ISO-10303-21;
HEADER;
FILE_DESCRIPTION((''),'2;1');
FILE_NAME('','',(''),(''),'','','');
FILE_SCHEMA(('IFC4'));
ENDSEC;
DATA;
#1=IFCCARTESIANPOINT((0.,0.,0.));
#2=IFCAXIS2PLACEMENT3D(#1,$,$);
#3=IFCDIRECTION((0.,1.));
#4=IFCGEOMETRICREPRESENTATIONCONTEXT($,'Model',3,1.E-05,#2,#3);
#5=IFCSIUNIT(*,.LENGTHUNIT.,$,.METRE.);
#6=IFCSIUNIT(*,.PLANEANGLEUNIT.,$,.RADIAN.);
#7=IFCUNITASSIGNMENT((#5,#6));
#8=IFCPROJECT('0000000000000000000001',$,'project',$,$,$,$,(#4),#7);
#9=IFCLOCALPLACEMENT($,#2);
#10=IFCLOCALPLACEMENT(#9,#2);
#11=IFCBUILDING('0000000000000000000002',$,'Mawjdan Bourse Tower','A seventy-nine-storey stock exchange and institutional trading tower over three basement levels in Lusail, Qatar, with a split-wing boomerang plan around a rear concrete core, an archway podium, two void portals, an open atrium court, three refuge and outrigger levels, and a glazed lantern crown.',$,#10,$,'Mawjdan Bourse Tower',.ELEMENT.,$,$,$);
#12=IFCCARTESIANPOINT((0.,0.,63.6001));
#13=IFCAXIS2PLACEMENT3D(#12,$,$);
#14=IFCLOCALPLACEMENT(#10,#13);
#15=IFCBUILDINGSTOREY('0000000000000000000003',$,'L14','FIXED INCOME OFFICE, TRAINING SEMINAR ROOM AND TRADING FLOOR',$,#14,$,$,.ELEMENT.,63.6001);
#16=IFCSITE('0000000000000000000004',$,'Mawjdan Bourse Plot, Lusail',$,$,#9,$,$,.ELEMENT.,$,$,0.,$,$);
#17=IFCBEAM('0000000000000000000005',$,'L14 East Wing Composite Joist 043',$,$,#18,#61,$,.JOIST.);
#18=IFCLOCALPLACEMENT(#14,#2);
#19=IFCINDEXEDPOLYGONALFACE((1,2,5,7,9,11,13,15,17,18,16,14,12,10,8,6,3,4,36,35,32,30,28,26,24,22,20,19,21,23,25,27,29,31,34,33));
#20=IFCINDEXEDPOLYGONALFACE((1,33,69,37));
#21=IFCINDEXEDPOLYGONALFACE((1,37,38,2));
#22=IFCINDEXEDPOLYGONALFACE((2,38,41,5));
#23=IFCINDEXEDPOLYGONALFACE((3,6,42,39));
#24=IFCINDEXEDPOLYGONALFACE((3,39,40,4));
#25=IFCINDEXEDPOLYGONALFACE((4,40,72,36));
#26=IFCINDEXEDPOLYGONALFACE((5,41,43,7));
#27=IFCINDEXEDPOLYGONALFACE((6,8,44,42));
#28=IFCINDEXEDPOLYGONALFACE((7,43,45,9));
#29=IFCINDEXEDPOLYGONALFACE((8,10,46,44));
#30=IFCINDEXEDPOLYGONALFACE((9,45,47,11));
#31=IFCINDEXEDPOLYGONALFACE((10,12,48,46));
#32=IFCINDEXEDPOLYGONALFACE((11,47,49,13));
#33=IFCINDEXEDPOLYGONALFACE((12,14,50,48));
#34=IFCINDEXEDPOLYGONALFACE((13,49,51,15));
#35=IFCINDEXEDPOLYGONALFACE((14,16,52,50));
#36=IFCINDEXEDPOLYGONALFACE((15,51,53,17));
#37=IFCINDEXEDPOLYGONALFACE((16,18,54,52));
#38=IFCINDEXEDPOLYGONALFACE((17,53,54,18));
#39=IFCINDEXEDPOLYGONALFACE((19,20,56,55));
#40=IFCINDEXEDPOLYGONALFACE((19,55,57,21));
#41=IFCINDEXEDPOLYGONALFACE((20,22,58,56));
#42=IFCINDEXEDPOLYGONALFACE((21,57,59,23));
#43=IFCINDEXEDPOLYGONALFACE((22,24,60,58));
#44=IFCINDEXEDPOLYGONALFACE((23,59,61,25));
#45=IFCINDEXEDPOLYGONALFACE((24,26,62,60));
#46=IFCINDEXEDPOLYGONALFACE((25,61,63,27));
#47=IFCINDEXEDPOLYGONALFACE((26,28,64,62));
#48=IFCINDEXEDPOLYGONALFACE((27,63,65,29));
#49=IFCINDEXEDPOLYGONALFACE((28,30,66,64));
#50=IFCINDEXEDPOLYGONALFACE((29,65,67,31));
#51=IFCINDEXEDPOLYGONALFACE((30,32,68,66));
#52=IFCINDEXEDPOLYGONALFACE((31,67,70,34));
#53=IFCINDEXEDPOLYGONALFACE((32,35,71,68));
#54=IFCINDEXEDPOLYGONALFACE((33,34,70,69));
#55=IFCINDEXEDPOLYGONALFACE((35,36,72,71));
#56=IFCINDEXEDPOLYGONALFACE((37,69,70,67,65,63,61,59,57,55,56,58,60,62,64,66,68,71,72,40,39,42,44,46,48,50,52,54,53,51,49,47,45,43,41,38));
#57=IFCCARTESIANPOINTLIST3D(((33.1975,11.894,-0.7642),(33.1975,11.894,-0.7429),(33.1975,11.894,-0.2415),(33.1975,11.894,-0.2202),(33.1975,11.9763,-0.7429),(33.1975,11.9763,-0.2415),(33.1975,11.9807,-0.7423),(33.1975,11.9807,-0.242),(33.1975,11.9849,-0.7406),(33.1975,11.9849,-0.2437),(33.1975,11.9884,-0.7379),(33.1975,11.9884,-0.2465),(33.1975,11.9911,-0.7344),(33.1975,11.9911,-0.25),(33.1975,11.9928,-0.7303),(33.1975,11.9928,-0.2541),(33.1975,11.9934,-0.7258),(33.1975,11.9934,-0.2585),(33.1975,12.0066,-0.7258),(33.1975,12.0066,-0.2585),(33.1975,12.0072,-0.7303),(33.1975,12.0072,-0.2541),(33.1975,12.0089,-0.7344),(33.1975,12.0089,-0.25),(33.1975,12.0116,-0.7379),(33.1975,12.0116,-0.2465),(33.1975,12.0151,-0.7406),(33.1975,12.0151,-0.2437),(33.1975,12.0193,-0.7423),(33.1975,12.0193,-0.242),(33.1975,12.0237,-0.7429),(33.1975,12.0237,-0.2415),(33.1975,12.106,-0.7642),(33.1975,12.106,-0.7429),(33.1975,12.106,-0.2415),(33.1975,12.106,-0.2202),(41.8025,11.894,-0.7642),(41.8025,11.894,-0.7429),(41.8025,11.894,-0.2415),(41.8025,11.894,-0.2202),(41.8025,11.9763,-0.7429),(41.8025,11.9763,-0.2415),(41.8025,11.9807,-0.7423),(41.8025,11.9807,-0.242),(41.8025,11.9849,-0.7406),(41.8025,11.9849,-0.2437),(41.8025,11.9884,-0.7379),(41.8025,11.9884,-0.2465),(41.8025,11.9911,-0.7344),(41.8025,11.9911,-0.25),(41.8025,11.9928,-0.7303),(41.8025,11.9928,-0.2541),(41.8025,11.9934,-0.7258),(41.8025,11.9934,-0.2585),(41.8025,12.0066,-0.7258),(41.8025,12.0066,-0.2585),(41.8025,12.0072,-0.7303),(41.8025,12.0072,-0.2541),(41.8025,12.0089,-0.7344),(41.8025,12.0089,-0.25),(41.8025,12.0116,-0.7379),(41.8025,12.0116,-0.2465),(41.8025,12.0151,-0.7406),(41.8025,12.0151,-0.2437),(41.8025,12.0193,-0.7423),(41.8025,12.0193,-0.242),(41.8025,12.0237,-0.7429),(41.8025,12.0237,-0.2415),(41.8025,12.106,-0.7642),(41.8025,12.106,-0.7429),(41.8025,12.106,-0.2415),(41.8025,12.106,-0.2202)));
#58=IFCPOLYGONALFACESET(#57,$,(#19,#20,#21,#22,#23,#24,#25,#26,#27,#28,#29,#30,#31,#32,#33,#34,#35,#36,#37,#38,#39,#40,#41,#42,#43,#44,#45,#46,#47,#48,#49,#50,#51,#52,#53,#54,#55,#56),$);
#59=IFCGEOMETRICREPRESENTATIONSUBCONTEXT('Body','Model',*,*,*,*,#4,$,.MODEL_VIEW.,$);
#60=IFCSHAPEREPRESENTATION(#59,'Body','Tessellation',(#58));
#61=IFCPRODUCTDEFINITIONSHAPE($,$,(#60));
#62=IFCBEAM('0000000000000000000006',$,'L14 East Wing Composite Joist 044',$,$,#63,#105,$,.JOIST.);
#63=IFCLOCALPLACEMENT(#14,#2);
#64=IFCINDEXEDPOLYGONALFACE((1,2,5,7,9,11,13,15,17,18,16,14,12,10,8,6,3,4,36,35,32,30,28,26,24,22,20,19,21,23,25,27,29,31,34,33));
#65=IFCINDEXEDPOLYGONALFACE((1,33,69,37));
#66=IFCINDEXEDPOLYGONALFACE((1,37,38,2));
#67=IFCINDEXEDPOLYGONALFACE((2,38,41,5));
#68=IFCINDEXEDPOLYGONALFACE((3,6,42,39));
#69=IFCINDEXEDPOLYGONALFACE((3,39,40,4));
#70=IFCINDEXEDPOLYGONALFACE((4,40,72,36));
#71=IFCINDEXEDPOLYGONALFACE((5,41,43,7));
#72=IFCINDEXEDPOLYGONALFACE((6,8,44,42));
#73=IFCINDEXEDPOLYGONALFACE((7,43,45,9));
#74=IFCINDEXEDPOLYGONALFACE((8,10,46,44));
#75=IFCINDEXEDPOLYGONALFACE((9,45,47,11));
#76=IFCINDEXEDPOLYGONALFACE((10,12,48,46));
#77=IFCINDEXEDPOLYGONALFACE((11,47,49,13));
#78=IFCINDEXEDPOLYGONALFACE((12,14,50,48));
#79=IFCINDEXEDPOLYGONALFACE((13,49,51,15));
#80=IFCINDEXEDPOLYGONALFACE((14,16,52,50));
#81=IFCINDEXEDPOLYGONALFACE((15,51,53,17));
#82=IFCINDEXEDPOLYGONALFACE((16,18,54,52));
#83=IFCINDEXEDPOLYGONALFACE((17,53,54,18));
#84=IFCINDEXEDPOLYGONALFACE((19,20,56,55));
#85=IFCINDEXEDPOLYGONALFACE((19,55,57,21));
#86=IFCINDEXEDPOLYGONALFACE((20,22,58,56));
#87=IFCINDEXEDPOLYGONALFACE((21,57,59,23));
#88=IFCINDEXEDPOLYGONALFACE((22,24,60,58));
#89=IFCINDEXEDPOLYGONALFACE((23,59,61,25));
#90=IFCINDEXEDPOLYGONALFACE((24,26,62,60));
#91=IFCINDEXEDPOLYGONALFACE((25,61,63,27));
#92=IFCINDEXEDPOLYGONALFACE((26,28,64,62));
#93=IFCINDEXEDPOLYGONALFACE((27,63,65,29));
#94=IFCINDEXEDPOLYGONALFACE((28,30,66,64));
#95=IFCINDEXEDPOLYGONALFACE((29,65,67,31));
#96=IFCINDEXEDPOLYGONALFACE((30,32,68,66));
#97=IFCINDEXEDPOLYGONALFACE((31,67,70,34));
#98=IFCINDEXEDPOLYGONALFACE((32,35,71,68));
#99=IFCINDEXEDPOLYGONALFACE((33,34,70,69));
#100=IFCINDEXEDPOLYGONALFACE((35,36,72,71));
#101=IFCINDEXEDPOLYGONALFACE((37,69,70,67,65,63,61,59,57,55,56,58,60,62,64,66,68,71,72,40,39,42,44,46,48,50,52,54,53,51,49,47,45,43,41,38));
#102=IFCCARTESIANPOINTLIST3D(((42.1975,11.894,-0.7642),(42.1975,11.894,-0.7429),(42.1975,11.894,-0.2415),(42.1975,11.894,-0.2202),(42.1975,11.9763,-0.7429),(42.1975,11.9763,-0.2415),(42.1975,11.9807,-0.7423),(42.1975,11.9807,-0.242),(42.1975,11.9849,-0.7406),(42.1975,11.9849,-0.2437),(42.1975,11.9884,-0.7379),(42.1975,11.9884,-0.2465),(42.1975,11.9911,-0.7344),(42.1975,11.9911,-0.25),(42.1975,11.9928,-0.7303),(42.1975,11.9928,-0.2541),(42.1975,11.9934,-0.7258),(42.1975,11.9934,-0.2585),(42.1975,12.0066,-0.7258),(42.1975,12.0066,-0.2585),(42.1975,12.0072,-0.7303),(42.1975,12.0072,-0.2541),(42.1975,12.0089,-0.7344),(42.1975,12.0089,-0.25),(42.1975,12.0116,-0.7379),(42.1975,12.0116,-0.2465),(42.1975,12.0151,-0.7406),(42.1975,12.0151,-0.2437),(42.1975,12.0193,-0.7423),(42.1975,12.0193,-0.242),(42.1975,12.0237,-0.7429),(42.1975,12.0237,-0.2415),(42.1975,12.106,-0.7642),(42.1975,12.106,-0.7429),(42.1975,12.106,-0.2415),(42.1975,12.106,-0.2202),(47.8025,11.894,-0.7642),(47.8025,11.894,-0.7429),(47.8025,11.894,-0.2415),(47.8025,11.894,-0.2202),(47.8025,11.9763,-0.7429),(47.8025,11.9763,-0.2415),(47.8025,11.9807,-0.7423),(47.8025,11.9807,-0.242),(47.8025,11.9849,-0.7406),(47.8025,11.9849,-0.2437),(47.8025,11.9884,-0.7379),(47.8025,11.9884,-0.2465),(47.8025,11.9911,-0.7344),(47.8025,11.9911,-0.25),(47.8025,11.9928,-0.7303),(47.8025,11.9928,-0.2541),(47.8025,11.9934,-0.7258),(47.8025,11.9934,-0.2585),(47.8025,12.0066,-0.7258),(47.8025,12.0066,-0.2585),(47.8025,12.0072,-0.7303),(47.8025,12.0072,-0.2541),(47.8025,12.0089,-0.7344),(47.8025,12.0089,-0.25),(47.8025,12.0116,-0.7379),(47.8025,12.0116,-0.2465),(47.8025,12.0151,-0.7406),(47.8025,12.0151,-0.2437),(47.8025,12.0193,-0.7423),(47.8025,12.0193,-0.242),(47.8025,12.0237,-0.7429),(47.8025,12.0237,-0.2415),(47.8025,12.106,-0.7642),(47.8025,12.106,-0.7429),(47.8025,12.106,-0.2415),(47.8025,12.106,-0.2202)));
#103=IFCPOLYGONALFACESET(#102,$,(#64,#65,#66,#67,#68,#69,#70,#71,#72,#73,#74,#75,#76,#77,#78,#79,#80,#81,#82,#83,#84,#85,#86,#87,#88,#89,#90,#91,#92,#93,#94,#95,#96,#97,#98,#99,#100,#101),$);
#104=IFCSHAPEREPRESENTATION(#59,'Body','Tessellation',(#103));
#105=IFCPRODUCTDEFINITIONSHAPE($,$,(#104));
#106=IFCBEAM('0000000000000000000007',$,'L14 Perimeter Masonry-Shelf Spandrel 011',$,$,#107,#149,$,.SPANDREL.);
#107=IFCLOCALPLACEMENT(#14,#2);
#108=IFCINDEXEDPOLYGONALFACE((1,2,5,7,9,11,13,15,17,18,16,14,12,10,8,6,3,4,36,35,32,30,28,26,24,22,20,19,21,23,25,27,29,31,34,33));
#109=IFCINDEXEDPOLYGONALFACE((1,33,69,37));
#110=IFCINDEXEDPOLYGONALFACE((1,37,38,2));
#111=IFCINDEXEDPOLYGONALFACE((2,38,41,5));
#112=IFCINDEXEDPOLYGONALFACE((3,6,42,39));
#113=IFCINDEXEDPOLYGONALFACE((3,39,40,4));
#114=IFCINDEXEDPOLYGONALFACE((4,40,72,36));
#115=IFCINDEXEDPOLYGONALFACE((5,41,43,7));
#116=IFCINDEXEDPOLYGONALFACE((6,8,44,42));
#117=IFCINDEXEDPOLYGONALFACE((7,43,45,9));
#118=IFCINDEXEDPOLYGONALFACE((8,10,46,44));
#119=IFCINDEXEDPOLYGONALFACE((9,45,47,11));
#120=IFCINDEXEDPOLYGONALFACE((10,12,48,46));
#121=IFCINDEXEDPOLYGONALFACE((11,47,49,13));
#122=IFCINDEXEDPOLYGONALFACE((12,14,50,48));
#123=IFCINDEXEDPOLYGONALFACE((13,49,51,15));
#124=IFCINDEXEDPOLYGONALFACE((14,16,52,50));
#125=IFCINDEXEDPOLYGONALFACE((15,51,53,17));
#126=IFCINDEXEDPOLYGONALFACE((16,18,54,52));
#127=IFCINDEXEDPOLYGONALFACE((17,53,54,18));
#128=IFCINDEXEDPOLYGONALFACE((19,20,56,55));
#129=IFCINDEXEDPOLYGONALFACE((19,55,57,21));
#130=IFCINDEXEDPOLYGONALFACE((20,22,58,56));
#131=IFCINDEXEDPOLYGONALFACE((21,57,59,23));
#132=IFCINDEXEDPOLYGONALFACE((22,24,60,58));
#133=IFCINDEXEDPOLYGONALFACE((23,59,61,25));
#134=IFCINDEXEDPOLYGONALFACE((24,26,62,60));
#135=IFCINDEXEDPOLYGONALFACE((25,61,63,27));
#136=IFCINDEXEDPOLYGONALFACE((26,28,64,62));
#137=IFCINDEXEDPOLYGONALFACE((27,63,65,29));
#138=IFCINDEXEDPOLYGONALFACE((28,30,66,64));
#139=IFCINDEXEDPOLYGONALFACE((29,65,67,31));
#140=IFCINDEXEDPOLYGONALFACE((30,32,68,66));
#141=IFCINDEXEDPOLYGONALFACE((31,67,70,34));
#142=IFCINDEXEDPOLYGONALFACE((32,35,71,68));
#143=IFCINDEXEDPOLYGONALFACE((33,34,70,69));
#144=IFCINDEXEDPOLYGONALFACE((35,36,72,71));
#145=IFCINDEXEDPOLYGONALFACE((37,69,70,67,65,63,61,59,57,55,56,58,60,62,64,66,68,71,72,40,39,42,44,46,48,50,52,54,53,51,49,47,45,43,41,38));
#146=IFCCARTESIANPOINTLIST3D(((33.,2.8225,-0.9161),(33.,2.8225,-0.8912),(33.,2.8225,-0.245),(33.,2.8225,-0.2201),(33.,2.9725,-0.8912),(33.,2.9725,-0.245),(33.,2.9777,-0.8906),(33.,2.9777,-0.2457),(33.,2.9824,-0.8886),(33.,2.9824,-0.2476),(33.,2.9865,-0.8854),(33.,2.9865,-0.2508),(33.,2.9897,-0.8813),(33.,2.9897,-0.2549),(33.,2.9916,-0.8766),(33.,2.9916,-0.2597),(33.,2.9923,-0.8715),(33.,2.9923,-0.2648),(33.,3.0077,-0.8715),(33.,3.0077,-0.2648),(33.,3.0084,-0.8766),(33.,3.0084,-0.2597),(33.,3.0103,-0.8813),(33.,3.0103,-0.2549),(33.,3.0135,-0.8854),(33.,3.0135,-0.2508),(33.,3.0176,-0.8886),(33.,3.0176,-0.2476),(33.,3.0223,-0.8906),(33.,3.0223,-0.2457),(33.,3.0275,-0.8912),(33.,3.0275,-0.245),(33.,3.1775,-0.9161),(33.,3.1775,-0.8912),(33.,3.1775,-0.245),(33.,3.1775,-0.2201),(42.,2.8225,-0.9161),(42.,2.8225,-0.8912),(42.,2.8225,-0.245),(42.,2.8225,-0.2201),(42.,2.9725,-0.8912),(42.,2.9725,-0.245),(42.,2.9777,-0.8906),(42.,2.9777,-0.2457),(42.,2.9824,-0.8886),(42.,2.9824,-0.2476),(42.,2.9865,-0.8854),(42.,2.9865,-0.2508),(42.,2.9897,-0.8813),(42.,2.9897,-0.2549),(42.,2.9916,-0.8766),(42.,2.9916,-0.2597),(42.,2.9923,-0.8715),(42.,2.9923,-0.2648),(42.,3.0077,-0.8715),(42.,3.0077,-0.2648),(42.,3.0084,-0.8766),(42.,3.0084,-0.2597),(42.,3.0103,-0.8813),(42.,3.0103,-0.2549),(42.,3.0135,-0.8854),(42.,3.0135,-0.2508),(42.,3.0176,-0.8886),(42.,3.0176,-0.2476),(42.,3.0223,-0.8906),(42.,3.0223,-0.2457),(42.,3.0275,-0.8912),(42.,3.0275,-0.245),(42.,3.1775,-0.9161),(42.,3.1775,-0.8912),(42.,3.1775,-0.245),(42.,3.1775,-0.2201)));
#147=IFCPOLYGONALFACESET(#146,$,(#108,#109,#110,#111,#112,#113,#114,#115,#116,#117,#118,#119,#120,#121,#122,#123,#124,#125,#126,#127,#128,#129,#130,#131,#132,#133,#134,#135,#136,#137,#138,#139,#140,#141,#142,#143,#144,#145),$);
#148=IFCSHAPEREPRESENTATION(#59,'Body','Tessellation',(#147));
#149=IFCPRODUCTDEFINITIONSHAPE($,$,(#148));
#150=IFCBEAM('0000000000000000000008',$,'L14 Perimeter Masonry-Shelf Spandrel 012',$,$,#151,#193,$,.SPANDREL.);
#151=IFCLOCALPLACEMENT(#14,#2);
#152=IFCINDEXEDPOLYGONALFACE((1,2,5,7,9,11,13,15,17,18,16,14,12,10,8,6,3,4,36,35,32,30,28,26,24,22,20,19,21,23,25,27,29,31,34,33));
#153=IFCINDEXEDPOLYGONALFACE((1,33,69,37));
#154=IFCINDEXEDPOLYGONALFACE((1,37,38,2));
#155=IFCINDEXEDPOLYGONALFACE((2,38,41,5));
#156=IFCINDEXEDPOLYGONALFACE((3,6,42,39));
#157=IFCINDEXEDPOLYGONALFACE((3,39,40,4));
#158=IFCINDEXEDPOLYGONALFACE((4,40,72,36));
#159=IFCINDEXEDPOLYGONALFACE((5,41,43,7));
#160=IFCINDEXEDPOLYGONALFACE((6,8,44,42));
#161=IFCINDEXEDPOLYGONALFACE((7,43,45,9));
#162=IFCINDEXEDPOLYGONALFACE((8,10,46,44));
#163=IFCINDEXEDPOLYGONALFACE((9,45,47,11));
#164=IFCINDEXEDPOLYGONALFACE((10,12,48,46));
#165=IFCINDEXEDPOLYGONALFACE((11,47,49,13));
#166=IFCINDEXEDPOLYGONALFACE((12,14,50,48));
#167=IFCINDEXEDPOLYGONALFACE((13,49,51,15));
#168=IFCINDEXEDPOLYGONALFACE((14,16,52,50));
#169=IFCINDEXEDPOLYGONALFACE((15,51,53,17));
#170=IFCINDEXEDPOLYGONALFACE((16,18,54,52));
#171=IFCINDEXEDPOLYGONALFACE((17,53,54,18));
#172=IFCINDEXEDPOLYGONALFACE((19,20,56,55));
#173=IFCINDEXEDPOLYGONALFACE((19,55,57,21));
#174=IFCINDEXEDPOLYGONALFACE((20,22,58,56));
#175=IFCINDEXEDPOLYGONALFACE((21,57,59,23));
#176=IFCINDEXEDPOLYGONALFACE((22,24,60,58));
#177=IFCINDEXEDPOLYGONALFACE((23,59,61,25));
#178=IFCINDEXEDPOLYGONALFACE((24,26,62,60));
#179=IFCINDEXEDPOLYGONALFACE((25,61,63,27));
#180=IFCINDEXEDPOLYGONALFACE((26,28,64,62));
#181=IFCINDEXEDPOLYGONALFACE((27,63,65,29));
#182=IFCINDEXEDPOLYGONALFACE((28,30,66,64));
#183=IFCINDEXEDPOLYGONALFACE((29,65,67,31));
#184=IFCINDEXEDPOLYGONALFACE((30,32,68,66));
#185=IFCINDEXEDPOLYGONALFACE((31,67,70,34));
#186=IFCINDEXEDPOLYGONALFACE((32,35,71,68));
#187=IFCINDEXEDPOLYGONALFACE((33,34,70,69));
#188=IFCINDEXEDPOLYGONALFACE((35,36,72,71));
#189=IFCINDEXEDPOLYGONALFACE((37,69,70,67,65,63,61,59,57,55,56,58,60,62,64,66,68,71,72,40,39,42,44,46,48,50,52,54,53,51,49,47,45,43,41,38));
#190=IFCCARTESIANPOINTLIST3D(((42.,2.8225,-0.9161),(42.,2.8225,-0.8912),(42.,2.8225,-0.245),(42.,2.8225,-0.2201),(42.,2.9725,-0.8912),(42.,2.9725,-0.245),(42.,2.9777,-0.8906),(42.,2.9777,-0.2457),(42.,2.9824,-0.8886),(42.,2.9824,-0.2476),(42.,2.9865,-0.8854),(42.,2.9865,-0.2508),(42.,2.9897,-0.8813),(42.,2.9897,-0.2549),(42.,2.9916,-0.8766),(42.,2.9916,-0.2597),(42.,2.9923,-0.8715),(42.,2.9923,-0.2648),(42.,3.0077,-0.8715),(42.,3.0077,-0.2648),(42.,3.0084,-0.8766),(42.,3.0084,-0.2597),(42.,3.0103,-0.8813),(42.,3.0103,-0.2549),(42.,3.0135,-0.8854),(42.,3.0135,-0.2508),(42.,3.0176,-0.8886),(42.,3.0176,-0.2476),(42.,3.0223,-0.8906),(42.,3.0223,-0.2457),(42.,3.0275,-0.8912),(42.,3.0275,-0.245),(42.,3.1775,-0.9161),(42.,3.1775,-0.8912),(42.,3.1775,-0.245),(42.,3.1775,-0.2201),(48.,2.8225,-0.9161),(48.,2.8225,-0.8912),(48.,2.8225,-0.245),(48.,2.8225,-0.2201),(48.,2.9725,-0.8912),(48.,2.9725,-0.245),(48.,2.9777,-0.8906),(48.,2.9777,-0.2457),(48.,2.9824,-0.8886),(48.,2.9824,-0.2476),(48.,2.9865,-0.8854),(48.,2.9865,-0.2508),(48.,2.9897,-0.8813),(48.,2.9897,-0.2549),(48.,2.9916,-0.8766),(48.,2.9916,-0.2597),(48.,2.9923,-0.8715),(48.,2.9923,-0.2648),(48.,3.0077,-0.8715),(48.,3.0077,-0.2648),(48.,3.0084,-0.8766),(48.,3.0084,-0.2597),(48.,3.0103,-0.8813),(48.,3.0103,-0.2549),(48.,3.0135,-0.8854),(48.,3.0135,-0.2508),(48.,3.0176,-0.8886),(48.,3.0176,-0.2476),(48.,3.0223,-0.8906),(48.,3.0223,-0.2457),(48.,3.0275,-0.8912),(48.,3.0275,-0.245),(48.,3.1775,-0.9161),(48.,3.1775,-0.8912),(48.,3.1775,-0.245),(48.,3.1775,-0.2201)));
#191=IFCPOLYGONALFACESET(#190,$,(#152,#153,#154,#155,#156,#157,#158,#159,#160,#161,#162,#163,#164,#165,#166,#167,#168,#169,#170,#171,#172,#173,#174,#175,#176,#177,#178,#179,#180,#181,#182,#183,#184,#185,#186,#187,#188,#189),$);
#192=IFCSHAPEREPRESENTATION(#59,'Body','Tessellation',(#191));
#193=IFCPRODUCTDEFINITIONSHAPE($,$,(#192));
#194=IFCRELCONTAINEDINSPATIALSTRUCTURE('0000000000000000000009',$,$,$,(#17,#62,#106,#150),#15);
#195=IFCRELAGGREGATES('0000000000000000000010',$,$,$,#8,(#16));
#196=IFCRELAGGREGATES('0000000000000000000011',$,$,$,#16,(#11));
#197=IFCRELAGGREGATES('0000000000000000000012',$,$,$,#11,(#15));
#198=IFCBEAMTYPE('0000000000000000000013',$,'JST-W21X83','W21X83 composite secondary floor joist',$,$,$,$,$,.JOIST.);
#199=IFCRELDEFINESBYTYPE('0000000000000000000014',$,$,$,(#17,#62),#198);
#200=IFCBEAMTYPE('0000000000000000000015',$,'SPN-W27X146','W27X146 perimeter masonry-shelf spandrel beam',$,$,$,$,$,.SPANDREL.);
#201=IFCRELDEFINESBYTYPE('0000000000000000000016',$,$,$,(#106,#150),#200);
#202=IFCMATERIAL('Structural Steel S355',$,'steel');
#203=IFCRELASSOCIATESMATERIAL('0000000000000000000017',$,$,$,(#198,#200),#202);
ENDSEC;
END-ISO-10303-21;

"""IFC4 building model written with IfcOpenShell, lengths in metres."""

from ifc_helpers import new_model, si_unit, direction, frame, origin, origin_2d, place, context, subcontext, project, spatial, i_section, extrude, material, material_profile, profile_set, type_object, element, save


model = new_model("IFC4")

# Units and contexts
model_context = context("Model", 3, precision=1e-05, world=origin(), true_north=direction((0.0, 1.0)))
body_context = subcontext(model_context, "Body", "Model", "MODEL_VIEW")
ifc_project = project(units=[si_unit("LENGTHUNIT", "METRE"), si_unit("PLANEANGLEUNIT", "RADIAN")], contexts=[model_context])

# Site, building, storey
site_placement = place(None, origin())
site = spatial("IfcSite", under=ifc_project, at=site_placement, Name="Mawjdan Bourse Plot, Lusail", CompositionType="ELEMENT", RefElevation=0.0)
building_placement = place(site_placement, origin())
building = spatial("IfcBuilding", under=site, at=building_placement, Name="Mawjdan Bourse Tower", Description="A seventy-nine-storey stock exchange and institutional trading tower over three basement levels in Lusail, Qatar, with a split-wing boomerang plan around a rear concrete core, an archway podium, two void portals, an open atrium court, three refuge and outrigger levels, and a glazed lantern crown.", LongName="Mawjdan Bourse Tower", CompositionType="ELEMENT")
storey_placement = place(building_placement, frame((0.0, 0.0, 63.6001)))
storey = spatial("IfcBuildingStorey", under=building, at=storey_placement, Name="L14", Description="FIXED INCOME OFFICE, TRAINING SEMINAR ROOM AND TRADING FLOOR", CompositionType="ELEMENT", Elevation=63.6001)

# Beams
ifc_material_1 = material(Name="Structural Steel S355", Category="steel")
ifc_material_profile_1 = material_profile(ifc_material_1, i_section(OverallWidth=0.2119, OverallDepth=0.5439, WebThickness=0.0132, FlangeThickness=0.0212, FilletRadius=0.0171, at=origin_2d()), Name="W21X83")
ifc_profile_set_1 = profile_set([ifc_material_profile_1], Name="Structural Steel S355")
beam_type_1 = type_object("IfcBeamType", Name="JST-W21X83", Description="W21X83 composite secondary floor joist", PredefinedType="JOIST", material=ifc_profile_set_1)
beam_1_placement = place(storey_placement, frame((33.1975, 12.0, -0.4922), z_axis=(1.0, 0.0, 0.0), x_axis=(0.0, 1.0, 0.0)))
element("IfcBeam", 1, at=beam_1_placement, inside=storey, type_object=beam_type_1, Name="L14 East Wing Composite Joist 043", PredefinedType="JOIST", context=body_context, shape_type="SweptSolid", body=[
    extrude(i_section(OverallWidth=0.2119, OverallDepth=0.5439, WebThickness=0.0132, FlangeThickness=0.0212, FilletRadius=0.0171, at=origin_2d()), origin(), (0.0, 0.0, 1.0), 8.605),
])
beam_2_placement = place(storey_placement, frame((42.1975, 12.0, -0.4922), z_axis=(1.0, 0.0, 0.0), x_axis=(0.0, 1.0, 0.0)))
element("IfcBeam", 2, at=beam_2_placement, inside=storey, type_object=beam_type_1, Name="L14 East Wing Composite Joist 044", PredefinedType="JOIST", context=body_context, shape_type="SweptSolid", body=[
    extrude(i_section(OverallWidth=0.2119, OverallDepth=0.5439, WebThickness=0.0132, FlangeThickness=0.0212, FilletRadius=0.0171, at=origin_2d()), origin(), (0.0, 0.0, 1.0), 5.605),
])
ifc_material_profile_2 = material_profile(ifc_material_1, i_section(OverallWidth=0.355, OverallDepth=0.696, WebThickness=0.0154, FlangeThickness=0.0249, FilletRadius=0.0198, at=origin_2d()), Name="W27X146")
ifc_profile_set_2 = profile_set([ifc_material_profile_2], Name="Structural Steel S355")
beam_type_2 = type_object("IfcBeamType", Name="SPN-W27X146", Description="W27X146 perimeter masonry-shelf spandrel beam", PredefinedType="SPANDREL", material=ifc_profile_set_2)
beam_3_placement = place(storey_placement, frame((33.0, 3.0, -0.5681), z_axis=(1.0, 0.0, 0.0), x_axis=(0.0, 1.0, 0.0)))
element("IfcBeam", 3, at=beam_3_placement, inside=storey, type_object=beam_type_2, Name="L14 Perimeter Masonry-Shelf Spandrel 011", PredefinedType="SPANDREL", context=body_context, shape_type="SweptSolid", body=[
    extrude(i_section(OverallWidth=0.355, OverallDepth=0.696, WebThickness=0.0154, FlangeThickness=0.0249, FilletRadius=0.0198, at=origin_2d()), origin(), (0.0, 0.0, 1.0), 9.0),
])
beam_4_placement = place(storey_placement, frame((42.0, 3.0, -0.5681), z_axis=(1.0, 0.0, 0.0), x_axis=(0.0, 1.0, 0.0)))
element("IfcBeam", 4, at=beam_4_placement, inside=storey, type_object=beam_type_2, Name="L14 Perimeter Masonry-Shelf Spandrel 012", PredefinedType="SPANDREL", context=body_context, shape_type="SweptSolid", body=[
    extrude(i_section(OverallWidth=0.355, OverallDepth=0.696, WebThickness=0.0154, FlangeThickness=0.0249, FilletRadius=0.0198, at=origin_2d()), origin(), (0.0, 0.0, 1.0), 6.0),
])

save(model, "model.ifc")
